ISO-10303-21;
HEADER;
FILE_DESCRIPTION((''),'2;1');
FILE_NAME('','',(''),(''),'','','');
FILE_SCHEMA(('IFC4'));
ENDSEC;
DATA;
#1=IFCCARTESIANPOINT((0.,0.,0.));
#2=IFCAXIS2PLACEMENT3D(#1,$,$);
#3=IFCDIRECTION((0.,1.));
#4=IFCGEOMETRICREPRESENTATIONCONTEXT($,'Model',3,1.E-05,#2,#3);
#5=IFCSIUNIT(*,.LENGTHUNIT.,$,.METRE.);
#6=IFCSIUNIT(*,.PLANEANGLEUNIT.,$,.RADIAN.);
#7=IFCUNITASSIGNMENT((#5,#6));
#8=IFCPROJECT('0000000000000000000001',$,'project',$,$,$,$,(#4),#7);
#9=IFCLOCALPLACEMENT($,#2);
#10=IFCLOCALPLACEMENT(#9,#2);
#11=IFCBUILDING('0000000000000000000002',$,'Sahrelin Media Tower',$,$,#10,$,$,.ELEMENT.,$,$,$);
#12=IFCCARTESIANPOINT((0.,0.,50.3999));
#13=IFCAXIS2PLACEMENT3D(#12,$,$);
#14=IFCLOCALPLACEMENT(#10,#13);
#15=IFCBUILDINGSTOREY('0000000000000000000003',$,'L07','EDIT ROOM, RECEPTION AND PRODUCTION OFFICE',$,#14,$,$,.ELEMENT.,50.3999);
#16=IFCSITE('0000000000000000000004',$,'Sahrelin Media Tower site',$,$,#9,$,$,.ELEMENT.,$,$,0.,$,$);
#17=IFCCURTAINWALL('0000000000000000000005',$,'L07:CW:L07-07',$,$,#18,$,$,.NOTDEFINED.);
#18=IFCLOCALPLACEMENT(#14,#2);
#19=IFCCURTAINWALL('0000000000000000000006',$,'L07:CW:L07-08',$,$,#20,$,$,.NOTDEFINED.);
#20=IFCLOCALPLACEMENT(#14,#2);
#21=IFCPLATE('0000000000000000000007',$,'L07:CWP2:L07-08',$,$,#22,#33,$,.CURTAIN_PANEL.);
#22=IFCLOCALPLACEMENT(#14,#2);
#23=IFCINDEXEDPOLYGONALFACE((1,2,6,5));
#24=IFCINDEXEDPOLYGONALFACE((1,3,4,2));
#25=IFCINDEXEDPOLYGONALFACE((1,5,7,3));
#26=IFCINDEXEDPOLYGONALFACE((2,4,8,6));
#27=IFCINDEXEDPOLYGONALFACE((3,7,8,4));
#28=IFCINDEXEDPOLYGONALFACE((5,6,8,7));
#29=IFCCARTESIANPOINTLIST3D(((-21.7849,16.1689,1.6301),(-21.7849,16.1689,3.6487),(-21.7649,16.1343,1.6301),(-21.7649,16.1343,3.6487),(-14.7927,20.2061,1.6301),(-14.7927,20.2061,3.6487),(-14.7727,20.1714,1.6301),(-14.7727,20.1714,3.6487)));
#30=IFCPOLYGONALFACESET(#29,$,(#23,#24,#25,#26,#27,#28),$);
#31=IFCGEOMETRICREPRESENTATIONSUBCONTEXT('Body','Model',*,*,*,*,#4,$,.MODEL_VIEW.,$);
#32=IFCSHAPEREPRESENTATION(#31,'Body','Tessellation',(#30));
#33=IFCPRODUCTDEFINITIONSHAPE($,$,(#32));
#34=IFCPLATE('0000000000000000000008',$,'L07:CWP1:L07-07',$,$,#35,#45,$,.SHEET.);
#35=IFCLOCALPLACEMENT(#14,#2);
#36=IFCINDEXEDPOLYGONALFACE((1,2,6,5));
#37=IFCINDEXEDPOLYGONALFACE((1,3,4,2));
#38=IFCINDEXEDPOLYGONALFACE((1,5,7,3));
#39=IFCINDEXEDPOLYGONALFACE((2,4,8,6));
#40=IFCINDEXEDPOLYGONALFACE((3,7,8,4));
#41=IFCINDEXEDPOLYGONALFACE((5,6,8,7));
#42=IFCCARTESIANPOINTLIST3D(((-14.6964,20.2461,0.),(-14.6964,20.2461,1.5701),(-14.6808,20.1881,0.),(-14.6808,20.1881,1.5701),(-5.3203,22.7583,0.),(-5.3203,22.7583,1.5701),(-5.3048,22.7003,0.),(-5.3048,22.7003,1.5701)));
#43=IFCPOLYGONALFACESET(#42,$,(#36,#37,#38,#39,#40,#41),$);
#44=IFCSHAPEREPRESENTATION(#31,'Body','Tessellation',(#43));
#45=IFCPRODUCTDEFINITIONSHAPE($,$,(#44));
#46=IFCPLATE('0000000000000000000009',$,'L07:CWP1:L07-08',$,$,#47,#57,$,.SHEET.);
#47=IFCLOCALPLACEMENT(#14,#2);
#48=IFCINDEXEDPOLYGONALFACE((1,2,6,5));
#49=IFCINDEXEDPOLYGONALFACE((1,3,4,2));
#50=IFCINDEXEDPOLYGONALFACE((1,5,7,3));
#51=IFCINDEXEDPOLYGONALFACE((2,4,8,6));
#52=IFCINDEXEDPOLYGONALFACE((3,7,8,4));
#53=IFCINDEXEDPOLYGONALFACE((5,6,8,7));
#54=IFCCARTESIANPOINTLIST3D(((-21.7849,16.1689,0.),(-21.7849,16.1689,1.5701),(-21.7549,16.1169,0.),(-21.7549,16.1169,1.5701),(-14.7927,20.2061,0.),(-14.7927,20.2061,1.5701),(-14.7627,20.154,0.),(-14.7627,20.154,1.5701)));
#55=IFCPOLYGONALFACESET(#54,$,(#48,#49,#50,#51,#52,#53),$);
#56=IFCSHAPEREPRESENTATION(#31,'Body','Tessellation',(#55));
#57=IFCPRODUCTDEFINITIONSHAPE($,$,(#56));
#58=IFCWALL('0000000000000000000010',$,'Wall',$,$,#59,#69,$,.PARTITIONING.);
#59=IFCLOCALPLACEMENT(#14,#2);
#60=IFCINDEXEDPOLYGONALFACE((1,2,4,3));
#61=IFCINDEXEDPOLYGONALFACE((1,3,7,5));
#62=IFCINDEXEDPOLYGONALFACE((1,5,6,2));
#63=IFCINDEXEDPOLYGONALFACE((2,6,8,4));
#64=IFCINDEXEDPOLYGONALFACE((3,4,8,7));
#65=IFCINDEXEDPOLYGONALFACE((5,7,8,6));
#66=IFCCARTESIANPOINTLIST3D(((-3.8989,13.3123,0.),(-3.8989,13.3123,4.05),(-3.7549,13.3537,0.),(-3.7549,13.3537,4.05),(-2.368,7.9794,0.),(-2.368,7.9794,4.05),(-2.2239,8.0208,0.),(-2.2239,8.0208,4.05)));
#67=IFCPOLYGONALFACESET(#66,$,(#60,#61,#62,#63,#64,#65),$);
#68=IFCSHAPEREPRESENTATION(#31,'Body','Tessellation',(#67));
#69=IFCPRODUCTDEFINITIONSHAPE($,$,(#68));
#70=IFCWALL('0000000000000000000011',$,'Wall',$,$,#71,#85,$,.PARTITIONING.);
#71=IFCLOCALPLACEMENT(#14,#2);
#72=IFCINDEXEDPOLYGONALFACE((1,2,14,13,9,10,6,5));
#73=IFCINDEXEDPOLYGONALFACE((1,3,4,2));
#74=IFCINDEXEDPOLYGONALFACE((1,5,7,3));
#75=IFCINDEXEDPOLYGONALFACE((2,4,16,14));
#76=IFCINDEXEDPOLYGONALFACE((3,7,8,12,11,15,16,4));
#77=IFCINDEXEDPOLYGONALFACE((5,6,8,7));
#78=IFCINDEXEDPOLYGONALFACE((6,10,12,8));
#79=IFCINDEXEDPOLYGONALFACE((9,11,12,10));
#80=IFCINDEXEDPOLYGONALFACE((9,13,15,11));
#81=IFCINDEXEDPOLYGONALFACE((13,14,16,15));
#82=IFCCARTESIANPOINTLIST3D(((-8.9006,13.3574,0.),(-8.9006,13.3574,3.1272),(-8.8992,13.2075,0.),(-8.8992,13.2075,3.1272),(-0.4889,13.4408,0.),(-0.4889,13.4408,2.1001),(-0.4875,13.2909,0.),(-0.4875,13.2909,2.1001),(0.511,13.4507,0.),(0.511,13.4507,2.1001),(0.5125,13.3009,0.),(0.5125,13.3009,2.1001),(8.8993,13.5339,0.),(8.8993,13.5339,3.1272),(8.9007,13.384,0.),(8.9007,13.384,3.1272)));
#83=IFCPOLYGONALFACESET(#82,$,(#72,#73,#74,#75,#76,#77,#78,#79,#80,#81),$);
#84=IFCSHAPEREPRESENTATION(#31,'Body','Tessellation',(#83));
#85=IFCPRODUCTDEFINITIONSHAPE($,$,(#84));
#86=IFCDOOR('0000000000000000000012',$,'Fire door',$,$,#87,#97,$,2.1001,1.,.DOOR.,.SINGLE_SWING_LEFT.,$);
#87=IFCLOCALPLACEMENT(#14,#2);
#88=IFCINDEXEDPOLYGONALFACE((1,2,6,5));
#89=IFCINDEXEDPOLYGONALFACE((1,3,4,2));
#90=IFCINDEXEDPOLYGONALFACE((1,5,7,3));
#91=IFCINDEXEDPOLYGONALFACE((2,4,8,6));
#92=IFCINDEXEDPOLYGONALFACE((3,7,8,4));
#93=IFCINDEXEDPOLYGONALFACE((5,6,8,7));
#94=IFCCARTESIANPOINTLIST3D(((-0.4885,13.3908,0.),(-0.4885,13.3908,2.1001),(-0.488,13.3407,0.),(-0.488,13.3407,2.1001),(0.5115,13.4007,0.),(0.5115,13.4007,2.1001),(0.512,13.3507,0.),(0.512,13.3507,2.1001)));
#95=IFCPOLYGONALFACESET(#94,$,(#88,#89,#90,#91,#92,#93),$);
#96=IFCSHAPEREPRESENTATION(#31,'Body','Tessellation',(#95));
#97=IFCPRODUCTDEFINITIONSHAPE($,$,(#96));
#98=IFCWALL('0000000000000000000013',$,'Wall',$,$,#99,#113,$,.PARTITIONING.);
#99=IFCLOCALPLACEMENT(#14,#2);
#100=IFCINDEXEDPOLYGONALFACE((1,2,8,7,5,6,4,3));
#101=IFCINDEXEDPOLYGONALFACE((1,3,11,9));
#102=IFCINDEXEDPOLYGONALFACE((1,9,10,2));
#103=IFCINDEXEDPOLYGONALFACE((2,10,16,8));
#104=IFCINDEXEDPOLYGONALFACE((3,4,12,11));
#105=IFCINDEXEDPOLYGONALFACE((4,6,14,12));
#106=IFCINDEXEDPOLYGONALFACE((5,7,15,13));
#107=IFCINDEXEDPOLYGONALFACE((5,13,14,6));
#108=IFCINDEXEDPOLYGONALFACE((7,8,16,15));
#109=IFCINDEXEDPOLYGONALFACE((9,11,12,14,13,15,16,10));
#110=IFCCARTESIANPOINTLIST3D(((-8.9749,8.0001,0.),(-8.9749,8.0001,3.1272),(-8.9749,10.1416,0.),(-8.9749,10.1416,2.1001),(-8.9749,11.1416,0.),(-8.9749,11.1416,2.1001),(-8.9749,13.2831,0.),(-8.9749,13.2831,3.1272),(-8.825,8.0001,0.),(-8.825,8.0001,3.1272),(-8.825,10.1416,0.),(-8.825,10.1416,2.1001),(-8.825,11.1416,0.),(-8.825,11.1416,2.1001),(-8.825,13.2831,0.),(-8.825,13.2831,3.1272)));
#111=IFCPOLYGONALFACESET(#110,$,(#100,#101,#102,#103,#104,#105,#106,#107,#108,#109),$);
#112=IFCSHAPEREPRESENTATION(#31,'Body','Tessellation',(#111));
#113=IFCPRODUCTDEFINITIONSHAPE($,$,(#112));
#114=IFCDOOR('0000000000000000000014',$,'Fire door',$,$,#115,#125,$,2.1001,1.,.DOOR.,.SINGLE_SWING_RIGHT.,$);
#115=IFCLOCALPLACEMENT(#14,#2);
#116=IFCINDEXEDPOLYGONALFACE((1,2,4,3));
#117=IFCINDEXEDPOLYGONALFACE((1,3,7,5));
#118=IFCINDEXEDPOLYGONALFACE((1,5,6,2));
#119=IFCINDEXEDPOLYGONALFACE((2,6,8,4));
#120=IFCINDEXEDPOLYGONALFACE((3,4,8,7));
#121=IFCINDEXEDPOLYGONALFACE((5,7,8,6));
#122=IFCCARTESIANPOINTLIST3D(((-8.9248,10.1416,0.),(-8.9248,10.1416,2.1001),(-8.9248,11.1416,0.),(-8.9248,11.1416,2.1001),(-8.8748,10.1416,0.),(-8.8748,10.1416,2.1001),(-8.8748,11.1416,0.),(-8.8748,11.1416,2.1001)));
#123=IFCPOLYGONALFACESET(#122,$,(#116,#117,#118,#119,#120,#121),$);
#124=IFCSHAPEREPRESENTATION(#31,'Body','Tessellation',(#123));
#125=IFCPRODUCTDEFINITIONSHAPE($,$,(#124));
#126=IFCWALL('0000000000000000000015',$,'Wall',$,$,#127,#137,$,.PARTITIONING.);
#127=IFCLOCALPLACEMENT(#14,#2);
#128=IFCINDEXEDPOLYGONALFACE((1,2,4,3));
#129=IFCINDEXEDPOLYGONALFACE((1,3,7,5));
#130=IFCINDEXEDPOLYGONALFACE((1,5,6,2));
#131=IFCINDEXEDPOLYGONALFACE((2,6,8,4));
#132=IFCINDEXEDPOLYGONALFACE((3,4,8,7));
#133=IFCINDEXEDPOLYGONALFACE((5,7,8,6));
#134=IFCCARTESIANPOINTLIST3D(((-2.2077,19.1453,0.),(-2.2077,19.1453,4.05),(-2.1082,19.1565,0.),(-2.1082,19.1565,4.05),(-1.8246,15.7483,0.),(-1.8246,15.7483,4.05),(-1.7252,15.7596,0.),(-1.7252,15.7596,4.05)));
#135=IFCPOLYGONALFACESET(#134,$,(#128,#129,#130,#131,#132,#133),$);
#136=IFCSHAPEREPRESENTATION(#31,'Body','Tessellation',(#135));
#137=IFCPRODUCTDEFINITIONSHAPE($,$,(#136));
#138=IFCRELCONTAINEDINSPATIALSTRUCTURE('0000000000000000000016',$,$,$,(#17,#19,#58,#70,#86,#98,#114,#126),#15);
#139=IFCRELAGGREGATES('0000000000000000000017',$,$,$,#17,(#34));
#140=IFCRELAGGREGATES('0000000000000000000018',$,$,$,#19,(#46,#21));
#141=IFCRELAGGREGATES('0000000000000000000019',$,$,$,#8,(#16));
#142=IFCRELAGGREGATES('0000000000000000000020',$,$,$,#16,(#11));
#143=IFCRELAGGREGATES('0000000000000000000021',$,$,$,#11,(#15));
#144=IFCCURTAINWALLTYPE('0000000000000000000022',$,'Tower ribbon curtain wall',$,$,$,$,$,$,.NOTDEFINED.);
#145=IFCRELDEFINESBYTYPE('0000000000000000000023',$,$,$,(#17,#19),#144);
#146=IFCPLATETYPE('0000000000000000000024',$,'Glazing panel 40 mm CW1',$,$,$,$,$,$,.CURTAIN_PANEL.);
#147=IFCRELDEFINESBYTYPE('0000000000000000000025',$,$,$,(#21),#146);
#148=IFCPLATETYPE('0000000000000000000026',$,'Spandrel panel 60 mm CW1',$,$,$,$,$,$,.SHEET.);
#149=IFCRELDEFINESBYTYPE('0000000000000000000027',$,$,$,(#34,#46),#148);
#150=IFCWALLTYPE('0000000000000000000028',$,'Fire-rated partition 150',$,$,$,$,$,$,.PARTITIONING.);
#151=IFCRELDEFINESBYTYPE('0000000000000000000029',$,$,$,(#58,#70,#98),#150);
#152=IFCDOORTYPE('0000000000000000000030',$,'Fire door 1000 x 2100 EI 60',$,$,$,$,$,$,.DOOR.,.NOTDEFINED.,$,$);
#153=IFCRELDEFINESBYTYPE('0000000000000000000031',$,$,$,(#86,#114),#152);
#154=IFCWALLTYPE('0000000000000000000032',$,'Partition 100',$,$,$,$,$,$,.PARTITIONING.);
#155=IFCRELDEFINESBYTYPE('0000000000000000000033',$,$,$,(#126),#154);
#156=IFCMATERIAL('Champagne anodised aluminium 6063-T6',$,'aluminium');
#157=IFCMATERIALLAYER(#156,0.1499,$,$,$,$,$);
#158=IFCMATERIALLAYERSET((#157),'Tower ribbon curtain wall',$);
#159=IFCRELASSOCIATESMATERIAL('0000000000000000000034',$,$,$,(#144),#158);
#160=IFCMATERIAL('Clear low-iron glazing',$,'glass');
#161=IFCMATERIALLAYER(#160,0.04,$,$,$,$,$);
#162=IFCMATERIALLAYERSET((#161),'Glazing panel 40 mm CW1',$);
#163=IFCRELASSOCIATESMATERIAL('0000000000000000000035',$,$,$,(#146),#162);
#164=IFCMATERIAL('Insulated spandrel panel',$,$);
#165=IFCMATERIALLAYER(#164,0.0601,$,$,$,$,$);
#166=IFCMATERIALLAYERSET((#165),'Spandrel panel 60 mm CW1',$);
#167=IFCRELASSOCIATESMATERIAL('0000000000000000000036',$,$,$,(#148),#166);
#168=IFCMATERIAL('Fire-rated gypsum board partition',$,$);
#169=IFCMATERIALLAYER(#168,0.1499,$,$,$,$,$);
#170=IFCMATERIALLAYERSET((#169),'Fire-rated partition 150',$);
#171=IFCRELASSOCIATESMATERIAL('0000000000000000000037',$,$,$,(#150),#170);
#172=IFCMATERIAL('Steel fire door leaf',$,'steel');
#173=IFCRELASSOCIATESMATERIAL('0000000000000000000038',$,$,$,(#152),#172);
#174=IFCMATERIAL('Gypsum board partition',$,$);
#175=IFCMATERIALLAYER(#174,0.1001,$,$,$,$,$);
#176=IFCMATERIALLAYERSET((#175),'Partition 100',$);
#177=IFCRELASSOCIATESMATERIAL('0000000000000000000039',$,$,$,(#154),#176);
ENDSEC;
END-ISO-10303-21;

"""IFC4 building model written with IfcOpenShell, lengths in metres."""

from ifc_helpers import new_model, si_unit, direction, frame, frame_2d, origin, place, context, subcontext, project, spatial, polyline, rectangle, outline, extrude, material, layer, layer_set, type_object, element, fill, aggregate, save


model = new_model("IFC4")

# Units and contexts
model_context = context("Model", 3, precision=1e-05, world=origin(), true_north=direction((0.0, 1.0)))
body_context = subcontext(model_context, "Body", "Model", "MODEL_VIEW")
ifc_project = project(units=[si_unit("LENGTHUNIT", "METRE"), si_unit("PLANEANGLEUNIT", "RADIAN")], contexts=[model_context])

# Site, building, storey
site_placement = place(None, origin())
site = spatial("IfcSite", under=ifc_project, at=site_placement, Name="Sahrelin Media Tower site", CompositionType="ELEMENT", RefElevation=0.0)
building_placement = place(site_placement, origin())
building = spatial("IfcBuilding", under=site, at=building_placement, Name="Sahrelin Media Tower", CompositionType="ELEMENT")
storey_placement = place(building_placement, frame((0.0, 0.0, 50.3999)))
storey = spatial("IfcBuildingStorey", under=building, at=storey_placement, Name="L07", Description="EDIT ROOM, RECEPTION AND PRODUCTION OFFICE", CompositionType="ELEMENT", Elevation=50.3999)

# Curtain wall
ifc_material_1 = material(Name="Champagne anodised aluminium 6063-T6", Category="aluminium")
ifc_layer_1 = layer(ifc_material_1, 0.1499)
ifc_layer_set_1 = layer_set([ifc_layer_1], Name="Tower ribbon curtain wall")
curtain_wall_type = type_object("IfcCurtainWallType", Name="Tower ribbon curtain wall", PredefinedType="NOTDEFINED", material=ifc_layer_set_1)
curtain_wall_1_placement = place(storey_placement, frame((-10.0032, 21.4827, 0.0), z_axis=(0.0, 0.0, 1.0), x_axis=(1.0, 0.0, 0.0)))
curtain_wall_1 = element("IfcCurtainWall", 1, at=curtain_wall_1_placement, inside=storey, type_object=curtain_wall_type, Name="L07:CW:L07-07", PredefinedType="NOTDEFINED")

# Curtain wall
curtain_wall_2_placement = place(storey_placement, frame((-18.2788, 18.1702, 0.0), z_axis=(0.0, 0.0, 1.0), x_axis=(1.0, 0.0, 0.0)))
curtain_wall_2 = element("IfcCurtainWall", 2, at=curtain_wall_2_placement, inside=storey, type_object=curtain_wall_type, Name="L07:CW:L07-08", PredefinedType="NOTDEFINED")

# Plates
ifc_material_2 = material(Name="Clear low-iron glazing", Category="glass")
ifc_layer_2 = layer(ifc_material_2, 0.04)
ifc_layer_set_2 = layer_set([ifc_layer_2], Name="Glazing panel 40 mm CW1")
plate_type_1 = type_object("IfcPlateType", Name="Glazing panel 40 mm CW1", PredefinedType="CURTAIN_PANEL", material=ifc_layer_set_2)
plate_1_placement = place(storey_placement, frame((-14.7927, 20.2061, 1.6301), z_axis=(-0.500016, 0.866016, 0.0), x_axis=(-0.866016, -0.500016, 0.0)))
plate_1 = element("IfcPlate", 3, at=plate_1_placement, type_object=plate_type_1, Name="L07:CWP2:L07-08", PredefinedType="CURTAIN_PANEL", context=body_context, shape_type="SweptSolid", body=[
    extrude(outline(polyline([(0.0, 0.0), (8.074, 0.0), (8.074, 2.0186), (0.0, 2.0186), (0.0, 0.0)])), origin(), (0.0, 0.0, -1.0), 0.04),
])
ifc_material_3 = material(Name="Insulated spandrel panel")
ifc_layer_3 = layer(ifc_material_3, 0.0601)
ifc_layer_set_3 = layer_set([ifc_layer_3], Name="Spandrel panel 60 mm CW1")
plate_type_2 = type_object("IfcPlateType", Name="Spandrel panel 60 mm CW1", PredefinedType="SHEET", material=ifc_layer_set_3)
plate_2_placement = place(storey_placement, frame((-5.3203, 22.7583, 0.0), z_axis=(-0.258812, 0.965928, 0.0), x_axis=(-0.965928, -0.258812, 0.0)))
plate_2 = element("IfcPlate", 4, at=plate_2_placement, type_object=plate_type_2, Name="L07:CWP1:L07-07", PredefinedType="SHEET", context=body_context, shape_type="SweptSolid", body=[
    extrude(outline(polyline([(0.0, 0.0), (9.7068, 0.0), (9.7068, 1.5701), (0.0, 1.5701), (0.0, 0.0)])), origin(), (0.0, 0.0, -1.0), 0.0601),
])
aggregate(curtain_wall_1, [plate_2])
plate_3_placement = place(storey_placement, frame((-14.7927, 20.2061, 0.0), z_axis=(-0.500016, 0.866016, 0.0), x_axis=(-0.866016, -0.500016, 0.0)))
plate_3 = element("IfcPlate", 5, at=plate_3_placement, type_object=plate_type_2, Name="L07:CWP1:L07-08", PredefinedType="SHEET", context=body_context, shape_type="SweptSolid", body=[
    extrude(outline(polyline([(0.0, 0.0), (8.074, 0.0), (8.074, 1.5701), (0.0, 1.5701), (0.0, 0.0)])), origin(), (0.0, 0.0, -1.0), 0.0601),
])
aggregate(curtain_wall_2, [plate_3, plate_1])

# Wall
ifc_material_4 = material(Name="Fire-rated gypsum board partition")
ifc_layer_4 = layer(ifc_material_4, 0.1499)
ifc_layer_set_4 = layer_set([ifc_layer_4], Name="Fire-rated partition 150")
wall_type_1 = type_object("IfcWallType", Name="Fire-rated partition 150", PredefinedType="PARTITIONING", material=ifc_layer_set_4)
wall_1_placement = place(storey_placement, frame((-3.8269, 13.333, 0.0), z_axis=(0.0, 0.0, 1.0), x_axis=(0.275936, -0.961176, 0.0)))
element("IfcWall", 6, at=wall_1_placement, inside=storey, type_object=wall_type_1, Name="Wall", PredefinedType="PARTITIONING", context=body_context, shape_type="SweptSolid", body=[
    extrude(rectangle(XDim=5.5483, YDim=0.1499, at=frame_2d((2.7742, 0.0))), origin(), (0.0, 0.0, 1.0), 4.05),
])

# Walls, openings, doors
wall_2_placement = place(storey_placement, frame((-8.8999, 13.2825, 0.0), z_axis=(0.0, 0.0, 1.0), x_axis=(0.999951, 0.009916, 0.0)))
wall_2 = element("IfcWall", 7, at=wall_2_placement, inside=storey, type_object=wall_type_1, Name="Wall", PredefinedType="PARTITIONING", context=body_context, shape_type="SweptSolid", body=[
    extrude(rectangle(XDim=17.8008, YDim=0.1499, at=frame_2d((8.9004, 0.0))), origin(), (0.0, 0.0, 1.0), 3.1272),
])
opening_1_placement = place(wall_2_placement, frame((8.4121, 0.0, 0.0)))
opening_1 = element("IfcOpeningElement", 8, at=opening_1_placement, cuts=wall_2, PredefinedType="OPENING", context=body_context, shape_type="SweptSolid", body=[
    extrude(rectangle(XDim=1.0, YDim=2.1001, at=frame_2d((0.5, 1.05))), frame((0.0, 0.075, 0.0), z_axis=(0.0, -1.0, 0.0), x_axis=(1.0, 0.0, 0.0)), (0.0, 0.0, 1.0), 0.1499),
])
ifc_material_5 = material(Name="Steel fire door leaf", Category="steel")
door_type = type_object("IfcDoorType", Name="Fire door 1000 x 2100 EI 60", OperationType="NOTDEFINED", PredefinedType="DOOR", material=ifc_material_5)
door_1_placement = place(opening_1_placement, origin())
door_1 = element("IfcDoor", 9, at=door_1_placement, inside=storey, type_object=door_type, Name="Fire door", OperationType="SINGLE_SWING_LEFT", OverallHeight=2.1001, OverallWidth=1.0, PredefinedType="DOOR", context=body_context, shape_type="SweptSolid", body=[
    extrude(rectangle(XDim=1.0, YDim=2.1001, at=frame_2d((0.5, 1.05))), frame((0.0, 0.0249, 0.0), z_axis=(0.0, -1.0, 0.0), x_axis=(1.0, 0.0, 0.0)), (0.0, 0.0, 1.0), 0.05),
])
fill(opening_1, door_1)
wall_3_placement = place(storey_placement, frame((-8.8999, 8.0, 0.0), z_axis=(0.0, 0.0, 1.0), x_axis=(0.0, 1.0, 0.0)))
wall_3 = element("IfcWall", 10, at=wall_3_placement, inside=storey, type_object=wall_type_1, Name="Wall", PredefinedType="PARTITIONING", context=body_context, shape_type="SweptSolid", body=[
    extrude(rectangle(XDim=5.283, YDim=0.1499, at=frame_2d((2.6416, 0.0))), origin(), (0.0, 0.0, 1.0), 3.1272),
])
opening_2_placement = place(wall_3_placement, frame((2.1416, 0.0, 0.0)))
opening_2 = element("IfcOpeningElement", 11, at=opening_2_placement, cuts=wall_3, PredefinedType="OPENING", context=body_context, shape_type="SweptSolid", body=[
    extrude(rectangle(XDim=1.0, YDim=2.1001, at=frame_2d((0.5, 1.05))), frame((0.0, 0.075, 0.0), z_axis=(0.0, -1.0, 0.0), x_axis=(1.0, 0.0, 0.0)), (0.0, 0.0, 1.0), 0.1499),
])
door_2_placement = place(opening_2_placement, origin())
door_2 = element("IfcDoor", 12, at=door_2_placement, inside=storey, type_object=door_type, Name="Fire door", OperationType="SINGLE_SWING_RIGHT", OverallHeight=2.1001, OverallWidth=1.0, PredefinedType="DOOR", context=body_context, shape_type="SweptSolid", body=[
    extrude(rectangle(XDim=1.0, YDim=2.1001, at=frame_2d((0.5, 1.05))), frame((0.0, 0.0249, 0.0), z_axis=(0.0, -1.0, 0.0), x_axis=(1.0, 0.0, 0.0)), (0.0, 0.0, 1.0), 0.05),
])
fill(opening_2, door_2)

# Wall
ifc_material_6 = material(Name="Gypsum board partition")
ifc_layer_5 = layer(ifc_material_6, 0.1001)
ifc_layer_set_5 = layer_set([ifc_layer_5], Name="Partition 100")
wall_type_2 = type_object("IfcWallType", Name="Partition 100", PredefinedType="PARTITIONING", material=ifc_layer_set_5)
wall_4_placement = place(storey_placement, frame((-2.158, 19.1509, 0.0), z_axis=(0.0, 0.0, 1.0), x_axis=(0.112054, -0.993702, 0.0)))
element("IfcWall", 13, at=wall_4_placement, inside=storey, type_object=wall_type_2, Name="Wall", PredefinedType="PARTITIONING", context=body_context, shape_type="SweptSolid", body=[
    extrude(rectangle(XDim=3.4185, YDim=0.1001, at=frame_2d((1.7092, 0.0))), origin(), (0.0, 0.0, 1.0), 4.05),
])

save(model, "model.ifc")
